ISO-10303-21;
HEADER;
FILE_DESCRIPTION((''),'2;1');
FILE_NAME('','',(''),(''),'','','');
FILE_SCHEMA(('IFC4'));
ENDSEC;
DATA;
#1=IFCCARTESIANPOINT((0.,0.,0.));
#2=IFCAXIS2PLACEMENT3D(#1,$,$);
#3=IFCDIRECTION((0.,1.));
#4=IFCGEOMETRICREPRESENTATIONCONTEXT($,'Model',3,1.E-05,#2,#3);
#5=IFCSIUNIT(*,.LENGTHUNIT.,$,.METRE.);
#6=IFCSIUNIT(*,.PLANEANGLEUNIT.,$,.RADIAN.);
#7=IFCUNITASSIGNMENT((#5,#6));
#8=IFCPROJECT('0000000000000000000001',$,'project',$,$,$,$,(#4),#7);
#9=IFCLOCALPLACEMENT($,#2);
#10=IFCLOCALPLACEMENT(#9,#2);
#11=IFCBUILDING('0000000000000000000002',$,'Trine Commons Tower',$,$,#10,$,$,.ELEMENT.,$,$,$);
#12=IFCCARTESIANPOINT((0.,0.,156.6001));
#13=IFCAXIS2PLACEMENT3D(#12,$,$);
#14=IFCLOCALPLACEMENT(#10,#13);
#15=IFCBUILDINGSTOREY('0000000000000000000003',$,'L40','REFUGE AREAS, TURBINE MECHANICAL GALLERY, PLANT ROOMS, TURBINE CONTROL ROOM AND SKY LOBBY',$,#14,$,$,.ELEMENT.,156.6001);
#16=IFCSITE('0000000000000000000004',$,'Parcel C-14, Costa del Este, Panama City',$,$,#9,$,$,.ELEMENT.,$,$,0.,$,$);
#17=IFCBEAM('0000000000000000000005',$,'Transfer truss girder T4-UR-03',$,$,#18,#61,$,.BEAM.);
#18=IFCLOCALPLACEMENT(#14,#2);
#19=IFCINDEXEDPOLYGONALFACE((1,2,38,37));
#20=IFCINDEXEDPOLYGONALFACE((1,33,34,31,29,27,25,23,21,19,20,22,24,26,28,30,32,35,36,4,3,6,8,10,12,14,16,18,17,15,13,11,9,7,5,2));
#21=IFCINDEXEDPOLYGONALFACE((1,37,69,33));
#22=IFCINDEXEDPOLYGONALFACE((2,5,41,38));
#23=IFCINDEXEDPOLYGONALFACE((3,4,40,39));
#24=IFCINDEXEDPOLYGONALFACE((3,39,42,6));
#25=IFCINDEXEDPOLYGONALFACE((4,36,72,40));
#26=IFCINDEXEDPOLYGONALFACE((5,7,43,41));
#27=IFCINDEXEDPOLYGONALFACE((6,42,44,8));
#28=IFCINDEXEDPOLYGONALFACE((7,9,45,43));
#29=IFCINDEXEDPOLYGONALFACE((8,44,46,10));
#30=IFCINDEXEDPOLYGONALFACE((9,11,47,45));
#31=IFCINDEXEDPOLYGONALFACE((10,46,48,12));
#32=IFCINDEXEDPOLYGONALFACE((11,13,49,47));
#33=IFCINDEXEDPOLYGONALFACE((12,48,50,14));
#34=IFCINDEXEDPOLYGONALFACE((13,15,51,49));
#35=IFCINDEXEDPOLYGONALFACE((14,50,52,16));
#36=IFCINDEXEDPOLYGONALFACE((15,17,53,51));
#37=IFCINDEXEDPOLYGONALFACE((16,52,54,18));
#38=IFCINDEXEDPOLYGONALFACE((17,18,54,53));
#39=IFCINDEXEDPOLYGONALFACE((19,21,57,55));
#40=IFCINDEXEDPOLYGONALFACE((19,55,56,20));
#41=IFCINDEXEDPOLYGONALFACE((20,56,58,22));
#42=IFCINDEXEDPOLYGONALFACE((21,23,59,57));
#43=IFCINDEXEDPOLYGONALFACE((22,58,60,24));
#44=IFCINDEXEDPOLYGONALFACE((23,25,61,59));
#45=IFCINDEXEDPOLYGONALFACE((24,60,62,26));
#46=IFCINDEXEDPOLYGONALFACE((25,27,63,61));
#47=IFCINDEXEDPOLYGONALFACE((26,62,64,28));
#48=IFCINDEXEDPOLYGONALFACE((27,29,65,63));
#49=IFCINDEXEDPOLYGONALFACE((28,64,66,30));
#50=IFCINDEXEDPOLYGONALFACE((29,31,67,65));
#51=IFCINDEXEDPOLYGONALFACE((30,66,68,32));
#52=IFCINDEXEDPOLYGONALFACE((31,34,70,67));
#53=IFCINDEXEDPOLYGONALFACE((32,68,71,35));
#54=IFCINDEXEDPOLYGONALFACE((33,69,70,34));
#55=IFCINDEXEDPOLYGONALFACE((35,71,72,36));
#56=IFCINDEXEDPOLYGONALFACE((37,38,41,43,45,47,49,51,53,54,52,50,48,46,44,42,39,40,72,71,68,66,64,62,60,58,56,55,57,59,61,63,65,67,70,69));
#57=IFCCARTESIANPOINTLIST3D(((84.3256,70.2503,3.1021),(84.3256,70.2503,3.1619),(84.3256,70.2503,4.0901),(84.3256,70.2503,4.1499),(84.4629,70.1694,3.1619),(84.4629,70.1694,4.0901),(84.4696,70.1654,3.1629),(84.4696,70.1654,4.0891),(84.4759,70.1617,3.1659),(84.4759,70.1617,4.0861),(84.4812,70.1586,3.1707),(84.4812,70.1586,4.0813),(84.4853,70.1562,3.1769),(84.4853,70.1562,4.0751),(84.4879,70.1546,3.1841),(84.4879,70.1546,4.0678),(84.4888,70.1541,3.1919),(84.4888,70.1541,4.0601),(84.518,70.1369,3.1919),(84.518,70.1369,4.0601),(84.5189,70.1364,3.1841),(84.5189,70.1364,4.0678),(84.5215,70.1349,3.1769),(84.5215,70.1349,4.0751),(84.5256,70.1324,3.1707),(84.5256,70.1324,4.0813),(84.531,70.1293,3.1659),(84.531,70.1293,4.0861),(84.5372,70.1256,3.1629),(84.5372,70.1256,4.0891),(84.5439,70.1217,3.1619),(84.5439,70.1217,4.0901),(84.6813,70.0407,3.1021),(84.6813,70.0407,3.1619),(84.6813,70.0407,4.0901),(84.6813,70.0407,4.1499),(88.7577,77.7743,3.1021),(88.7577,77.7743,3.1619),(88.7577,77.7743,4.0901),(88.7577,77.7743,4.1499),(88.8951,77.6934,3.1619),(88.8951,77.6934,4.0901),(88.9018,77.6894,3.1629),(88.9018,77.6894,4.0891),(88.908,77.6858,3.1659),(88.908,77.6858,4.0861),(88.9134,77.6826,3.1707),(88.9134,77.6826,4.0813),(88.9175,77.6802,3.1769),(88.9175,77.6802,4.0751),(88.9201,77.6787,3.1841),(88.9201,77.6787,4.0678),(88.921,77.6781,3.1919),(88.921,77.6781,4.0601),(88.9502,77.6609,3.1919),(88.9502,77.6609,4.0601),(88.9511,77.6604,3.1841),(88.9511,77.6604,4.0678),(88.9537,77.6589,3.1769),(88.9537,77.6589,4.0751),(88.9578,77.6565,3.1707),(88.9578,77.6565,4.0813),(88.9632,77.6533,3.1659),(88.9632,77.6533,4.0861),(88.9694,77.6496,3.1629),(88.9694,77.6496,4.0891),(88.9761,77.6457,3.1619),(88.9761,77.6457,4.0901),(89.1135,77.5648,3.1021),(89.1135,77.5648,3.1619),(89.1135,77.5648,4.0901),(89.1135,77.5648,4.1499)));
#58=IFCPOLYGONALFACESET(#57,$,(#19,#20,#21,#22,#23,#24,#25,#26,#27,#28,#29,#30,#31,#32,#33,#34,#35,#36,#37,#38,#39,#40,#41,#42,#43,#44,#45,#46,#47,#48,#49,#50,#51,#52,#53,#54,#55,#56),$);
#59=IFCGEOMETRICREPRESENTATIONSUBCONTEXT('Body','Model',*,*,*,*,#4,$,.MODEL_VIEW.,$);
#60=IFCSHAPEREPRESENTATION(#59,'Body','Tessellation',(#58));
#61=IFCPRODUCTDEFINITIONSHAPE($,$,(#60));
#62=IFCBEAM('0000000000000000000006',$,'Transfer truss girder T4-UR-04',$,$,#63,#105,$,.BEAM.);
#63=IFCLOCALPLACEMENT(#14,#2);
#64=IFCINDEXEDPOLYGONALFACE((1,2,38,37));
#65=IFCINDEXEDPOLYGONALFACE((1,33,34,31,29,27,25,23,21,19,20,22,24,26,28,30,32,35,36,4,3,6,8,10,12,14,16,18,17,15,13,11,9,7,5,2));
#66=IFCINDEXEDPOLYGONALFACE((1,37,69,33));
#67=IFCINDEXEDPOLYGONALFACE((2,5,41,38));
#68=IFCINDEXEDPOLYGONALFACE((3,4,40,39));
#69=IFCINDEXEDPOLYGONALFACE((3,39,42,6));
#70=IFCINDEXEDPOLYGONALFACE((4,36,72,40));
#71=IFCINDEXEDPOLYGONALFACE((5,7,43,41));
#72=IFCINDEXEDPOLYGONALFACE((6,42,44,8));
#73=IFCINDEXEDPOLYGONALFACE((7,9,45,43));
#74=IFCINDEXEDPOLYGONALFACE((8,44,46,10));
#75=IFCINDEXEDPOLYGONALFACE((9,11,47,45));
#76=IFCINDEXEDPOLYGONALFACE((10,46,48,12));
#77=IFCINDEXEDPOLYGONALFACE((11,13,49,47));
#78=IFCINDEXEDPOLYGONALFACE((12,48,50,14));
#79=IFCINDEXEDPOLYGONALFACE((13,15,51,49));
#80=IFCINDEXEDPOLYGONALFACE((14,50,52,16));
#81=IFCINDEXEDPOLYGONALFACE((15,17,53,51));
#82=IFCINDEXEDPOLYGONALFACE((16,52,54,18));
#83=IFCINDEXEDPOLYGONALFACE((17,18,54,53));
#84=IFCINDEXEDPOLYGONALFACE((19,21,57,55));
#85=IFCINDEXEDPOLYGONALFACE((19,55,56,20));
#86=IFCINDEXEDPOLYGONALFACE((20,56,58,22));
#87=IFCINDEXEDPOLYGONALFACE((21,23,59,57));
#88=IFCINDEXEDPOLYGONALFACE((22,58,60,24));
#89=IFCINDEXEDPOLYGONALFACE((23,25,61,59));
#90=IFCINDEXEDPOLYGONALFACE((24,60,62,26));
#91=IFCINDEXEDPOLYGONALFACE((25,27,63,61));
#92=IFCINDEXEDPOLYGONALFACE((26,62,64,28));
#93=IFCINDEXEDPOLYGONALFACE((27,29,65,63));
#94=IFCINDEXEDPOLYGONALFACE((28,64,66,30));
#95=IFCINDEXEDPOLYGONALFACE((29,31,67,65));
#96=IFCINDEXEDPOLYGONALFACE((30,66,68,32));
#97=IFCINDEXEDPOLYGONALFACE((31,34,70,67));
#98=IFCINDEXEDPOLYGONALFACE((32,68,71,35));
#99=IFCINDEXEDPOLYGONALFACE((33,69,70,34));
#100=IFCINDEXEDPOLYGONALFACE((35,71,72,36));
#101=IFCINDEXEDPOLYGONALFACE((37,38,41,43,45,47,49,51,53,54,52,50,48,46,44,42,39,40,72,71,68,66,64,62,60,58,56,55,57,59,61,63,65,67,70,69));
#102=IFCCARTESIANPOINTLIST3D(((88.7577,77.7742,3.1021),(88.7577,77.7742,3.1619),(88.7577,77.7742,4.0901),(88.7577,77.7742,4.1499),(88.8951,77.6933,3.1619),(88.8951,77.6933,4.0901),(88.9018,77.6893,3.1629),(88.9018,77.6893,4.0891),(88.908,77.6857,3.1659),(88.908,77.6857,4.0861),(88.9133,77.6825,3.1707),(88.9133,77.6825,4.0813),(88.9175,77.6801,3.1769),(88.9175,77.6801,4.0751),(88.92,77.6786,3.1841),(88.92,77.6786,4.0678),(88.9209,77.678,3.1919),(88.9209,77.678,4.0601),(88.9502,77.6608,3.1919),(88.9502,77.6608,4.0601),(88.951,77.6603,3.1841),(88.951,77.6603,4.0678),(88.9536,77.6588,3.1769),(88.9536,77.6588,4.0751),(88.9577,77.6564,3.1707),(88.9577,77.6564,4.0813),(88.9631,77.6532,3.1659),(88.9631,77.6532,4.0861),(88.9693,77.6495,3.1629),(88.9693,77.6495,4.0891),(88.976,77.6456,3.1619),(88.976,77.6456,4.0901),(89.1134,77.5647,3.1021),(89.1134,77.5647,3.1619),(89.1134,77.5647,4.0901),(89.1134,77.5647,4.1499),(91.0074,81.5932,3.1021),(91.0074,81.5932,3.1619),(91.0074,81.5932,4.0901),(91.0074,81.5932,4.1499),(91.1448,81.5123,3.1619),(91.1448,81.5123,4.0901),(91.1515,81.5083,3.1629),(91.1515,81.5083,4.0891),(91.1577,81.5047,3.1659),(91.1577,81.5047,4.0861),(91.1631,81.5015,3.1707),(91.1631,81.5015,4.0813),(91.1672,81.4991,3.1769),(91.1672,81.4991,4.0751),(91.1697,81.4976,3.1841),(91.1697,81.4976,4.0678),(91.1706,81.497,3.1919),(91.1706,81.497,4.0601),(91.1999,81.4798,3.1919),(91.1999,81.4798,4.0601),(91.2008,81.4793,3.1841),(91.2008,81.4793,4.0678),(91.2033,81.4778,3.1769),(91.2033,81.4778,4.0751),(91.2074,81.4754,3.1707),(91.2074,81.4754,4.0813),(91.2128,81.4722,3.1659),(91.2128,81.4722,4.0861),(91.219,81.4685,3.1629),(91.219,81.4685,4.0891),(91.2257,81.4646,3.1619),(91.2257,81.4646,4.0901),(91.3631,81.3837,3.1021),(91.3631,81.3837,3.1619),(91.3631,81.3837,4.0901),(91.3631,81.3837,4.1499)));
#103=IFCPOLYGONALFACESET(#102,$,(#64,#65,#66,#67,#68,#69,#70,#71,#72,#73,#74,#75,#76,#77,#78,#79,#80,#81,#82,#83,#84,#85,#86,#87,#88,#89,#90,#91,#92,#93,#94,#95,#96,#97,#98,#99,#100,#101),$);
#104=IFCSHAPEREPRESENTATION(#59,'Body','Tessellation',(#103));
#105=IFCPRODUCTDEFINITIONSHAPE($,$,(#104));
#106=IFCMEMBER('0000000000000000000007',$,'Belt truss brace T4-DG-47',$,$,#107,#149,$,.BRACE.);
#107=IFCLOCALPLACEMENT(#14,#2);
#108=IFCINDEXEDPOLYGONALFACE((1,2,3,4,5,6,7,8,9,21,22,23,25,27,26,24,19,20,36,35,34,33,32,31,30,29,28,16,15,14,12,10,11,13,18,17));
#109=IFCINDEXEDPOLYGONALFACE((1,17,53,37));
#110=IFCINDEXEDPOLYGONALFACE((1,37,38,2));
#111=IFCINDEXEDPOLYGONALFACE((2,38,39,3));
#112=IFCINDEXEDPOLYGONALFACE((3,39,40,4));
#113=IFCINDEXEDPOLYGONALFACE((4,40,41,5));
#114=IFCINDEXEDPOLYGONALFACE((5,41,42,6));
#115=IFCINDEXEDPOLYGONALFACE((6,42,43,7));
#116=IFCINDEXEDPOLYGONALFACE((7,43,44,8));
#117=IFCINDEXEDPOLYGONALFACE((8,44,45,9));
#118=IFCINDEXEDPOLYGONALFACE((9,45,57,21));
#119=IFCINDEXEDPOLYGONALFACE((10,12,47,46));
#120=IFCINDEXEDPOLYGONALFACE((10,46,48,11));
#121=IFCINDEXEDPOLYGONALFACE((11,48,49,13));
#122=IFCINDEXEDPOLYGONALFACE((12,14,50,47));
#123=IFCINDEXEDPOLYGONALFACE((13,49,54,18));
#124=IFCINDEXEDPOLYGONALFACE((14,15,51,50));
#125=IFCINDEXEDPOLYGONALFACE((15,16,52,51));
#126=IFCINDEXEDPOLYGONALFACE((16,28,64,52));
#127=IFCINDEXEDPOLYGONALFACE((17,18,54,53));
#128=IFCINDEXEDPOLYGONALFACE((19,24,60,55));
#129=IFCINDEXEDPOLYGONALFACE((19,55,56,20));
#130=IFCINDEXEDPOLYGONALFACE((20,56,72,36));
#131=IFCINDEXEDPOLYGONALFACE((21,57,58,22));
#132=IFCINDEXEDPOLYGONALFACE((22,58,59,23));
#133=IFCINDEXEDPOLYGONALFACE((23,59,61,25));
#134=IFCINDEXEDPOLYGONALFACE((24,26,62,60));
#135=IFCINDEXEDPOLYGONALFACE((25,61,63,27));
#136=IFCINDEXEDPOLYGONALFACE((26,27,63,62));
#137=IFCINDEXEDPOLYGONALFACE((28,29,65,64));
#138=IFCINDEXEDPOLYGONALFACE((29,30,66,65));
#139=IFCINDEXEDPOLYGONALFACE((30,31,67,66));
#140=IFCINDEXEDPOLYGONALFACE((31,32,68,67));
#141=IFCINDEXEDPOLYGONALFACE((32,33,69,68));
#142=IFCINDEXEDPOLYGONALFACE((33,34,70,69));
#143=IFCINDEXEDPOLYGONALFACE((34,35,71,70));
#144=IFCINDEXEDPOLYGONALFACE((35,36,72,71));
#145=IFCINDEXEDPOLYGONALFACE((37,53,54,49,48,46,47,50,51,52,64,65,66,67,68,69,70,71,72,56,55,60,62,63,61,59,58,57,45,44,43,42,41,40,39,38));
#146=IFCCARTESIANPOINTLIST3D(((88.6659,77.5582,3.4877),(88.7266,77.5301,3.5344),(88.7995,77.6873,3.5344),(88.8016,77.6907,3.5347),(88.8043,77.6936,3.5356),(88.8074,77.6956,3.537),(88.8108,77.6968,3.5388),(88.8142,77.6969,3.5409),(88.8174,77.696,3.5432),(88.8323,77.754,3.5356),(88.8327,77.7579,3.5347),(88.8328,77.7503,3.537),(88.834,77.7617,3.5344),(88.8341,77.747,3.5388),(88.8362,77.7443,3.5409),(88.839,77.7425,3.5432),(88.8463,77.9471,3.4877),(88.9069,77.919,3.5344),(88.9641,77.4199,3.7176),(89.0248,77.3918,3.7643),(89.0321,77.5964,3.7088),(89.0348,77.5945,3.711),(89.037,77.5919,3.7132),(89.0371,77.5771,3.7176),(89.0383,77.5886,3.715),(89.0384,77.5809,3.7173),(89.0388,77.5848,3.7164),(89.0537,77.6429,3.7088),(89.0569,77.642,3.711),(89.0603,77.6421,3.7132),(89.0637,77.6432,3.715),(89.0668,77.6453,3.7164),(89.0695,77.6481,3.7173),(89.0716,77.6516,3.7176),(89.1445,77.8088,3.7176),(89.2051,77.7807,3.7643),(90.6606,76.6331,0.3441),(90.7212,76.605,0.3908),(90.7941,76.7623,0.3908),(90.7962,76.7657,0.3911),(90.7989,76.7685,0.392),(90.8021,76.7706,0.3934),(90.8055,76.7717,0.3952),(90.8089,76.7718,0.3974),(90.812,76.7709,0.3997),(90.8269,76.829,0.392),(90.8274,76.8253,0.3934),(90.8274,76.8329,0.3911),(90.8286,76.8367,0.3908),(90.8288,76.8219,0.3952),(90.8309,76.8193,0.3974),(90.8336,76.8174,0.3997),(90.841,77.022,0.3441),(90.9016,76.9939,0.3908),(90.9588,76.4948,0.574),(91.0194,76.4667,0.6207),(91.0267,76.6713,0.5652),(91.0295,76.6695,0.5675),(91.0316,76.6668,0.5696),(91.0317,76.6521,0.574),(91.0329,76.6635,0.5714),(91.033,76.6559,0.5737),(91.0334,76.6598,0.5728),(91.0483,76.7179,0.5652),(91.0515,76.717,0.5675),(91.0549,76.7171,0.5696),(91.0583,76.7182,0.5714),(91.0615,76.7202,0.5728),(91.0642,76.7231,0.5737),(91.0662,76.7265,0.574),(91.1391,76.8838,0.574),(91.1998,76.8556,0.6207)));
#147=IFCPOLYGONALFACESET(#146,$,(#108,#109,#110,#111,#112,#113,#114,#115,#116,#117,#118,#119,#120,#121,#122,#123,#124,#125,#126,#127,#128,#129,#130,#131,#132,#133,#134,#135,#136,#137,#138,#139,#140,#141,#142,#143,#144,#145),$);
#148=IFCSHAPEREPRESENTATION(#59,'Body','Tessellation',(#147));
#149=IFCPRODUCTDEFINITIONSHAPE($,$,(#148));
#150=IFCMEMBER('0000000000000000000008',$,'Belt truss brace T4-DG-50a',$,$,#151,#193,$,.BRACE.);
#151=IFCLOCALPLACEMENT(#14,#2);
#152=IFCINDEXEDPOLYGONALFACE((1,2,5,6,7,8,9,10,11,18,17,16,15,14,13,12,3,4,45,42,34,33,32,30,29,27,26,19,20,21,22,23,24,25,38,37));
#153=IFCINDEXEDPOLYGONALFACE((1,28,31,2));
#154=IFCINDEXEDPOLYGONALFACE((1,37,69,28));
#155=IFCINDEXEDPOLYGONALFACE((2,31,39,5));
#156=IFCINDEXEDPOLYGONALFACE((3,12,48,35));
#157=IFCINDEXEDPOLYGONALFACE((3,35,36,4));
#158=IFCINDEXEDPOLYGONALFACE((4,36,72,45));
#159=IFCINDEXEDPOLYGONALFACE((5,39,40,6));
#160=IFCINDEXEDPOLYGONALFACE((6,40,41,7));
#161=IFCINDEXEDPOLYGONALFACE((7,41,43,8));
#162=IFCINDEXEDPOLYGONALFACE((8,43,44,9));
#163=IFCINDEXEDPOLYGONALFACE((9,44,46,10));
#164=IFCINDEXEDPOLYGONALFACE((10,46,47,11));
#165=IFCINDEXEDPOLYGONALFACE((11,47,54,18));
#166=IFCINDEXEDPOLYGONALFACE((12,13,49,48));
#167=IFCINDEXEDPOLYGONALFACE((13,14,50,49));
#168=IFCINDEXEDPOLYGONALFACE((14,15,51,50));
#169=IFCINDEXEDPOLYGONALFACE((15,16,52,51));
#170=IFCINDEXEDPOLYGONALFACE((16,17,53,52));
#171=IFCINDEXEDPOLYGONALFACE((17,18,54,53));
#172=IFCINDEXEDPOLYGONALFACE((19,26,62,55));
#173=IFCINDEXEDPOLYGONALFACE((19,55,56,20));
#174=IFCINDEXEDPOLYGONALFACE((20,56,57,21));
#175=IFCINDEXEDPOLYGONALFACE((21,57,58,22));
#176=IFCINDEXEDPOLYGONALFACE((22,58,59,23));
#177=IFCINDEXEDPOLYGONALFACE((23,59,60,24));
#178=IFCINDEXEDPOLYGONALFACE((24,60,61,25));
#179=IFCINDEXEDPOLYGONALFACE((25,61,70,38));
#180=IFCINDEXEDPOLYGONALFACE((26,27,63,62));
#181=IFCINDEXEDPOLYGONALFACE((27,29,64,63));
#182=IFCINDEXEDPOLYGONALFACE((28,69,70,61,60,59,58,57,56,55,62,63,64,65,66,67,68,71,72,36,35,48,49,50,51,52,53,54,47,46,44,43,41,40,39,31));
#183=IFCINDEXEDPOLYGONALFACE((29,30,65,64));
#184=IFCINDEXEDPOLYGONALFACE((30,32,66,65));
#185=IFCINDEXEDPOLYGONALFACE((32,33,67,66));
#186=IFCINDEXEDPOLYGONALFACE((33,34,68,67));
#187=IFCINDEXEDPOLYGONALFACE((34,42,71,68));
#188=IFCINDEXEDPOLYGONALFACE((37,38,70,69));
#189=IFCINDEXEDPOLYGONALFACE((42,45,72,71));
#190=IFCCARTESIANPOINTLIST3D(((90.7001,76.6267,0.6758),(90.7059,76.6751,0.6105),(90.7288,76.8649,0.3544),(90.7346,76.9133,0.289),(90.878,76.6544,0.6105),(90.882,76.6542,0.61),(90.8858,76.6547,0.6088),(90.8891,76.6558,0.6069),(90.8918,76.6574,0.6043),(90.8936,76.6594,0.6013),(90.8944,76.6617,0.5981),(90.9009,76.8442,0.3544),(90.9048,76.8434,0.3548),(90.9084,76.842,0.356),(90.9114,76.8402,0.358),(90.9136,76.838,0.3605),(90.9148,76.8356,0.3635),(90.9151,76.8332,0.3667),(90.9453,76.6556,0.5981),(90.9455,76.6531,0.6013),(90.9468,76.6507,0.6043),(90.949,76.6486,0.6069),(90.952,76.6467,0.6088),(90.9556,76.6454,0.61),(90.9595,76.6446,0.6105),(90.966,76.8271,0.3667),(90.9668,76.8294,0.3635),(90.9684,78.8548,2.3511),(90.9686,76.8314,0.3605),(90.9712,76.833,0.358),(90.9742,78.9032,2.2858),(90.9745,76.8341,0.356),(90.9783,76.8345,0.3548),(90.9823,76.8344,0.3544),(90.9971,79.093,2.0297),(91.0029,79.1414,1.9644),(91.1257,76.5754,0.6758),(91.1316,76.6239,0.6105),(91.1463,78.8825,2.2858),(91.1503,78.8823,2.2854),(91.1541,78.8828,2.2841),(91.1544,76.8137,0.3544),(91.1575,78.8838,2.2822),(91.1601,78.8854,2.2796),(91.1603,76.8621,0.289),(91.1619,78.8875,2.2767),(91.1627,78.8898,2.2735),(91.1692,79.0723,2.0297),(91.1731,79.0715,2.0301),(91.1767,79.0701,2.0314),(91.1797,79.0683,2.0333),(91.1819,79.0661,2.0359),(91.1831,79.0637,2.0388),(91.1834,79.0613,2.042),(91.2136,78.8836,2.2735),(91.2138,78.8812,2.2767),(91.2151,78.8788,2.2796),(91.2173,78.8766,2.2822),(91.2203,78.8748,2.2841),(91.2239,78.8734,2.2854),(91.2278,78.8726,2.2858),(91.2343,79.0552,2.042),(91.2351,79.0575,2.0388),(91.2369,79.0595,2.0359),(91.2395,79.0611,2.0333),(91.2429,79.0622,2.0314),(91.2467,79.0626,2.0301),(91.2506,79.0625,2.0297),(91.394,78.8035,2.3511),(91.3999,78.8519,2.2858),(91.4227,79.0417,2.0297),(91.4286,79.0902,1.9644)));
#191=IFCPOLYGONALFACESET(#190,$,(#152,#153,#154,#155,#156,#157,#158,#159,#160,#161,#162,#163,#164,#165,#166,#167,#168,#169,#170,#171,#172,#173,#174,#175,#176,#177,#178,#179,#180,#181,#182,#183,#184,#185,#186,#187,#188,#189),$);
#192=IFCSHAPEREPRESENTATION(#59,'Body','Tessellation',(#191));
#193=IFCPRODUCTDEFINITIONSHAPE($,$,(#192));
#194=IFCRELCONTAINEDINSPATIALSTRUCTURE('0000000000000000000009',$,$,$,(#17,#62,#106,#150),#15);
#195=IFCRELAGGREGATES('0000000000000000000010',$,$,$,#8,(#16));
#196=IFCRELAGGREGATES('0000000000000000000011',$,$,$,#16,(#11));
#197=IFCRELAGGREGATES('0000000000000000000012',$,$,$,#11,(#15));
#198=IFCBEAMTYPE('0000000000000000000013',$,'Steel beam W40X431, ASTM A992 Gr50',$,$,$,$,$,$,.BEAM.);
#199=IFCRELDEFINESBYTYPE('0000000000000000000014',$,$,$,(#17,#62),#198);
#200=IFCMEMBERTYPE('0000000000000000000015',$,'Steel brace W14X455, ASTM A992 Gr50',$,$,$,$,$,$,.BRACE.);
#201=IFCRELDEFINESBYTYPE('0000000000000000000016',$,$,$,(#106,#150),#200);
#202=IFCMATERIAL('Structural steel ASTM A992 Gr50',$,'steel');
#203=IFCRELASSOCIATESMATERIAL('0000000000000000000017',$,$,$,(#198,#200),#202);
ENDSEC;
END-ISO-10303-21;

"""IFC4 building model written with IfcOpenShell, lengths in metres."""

from ifc_helpers import new_model, si_unit, direction, frame, origin, origin_2d, place, context, subcontext, project, spatial, i_section, extrude, material, material_profile, profile_set, type_object, element, save


model = new_model("IFC4")

# Units and contexts
model_context = context("Model", 3, precision=1e-05, world=origin(), true_north=direction((0.0, 1.0)))
body_context = subcontext(model_context, "Body", "Model", "MODEL_VIEW")
ifc_project = project(units=[si_unit("LENGTHUNIT", "METRE"), si_unit("PLANEANGLEUNIT", "RADIAN")], contexts=[model_context])

# Site, building, storey
site_placement = place(None, origin())
site = spatial("IfcSite", under=ifc_project, at=site_placement, Name="Parcel C-14, Costa del Este, Panama City", CompositionType="ELEMENT", RefElevation=0.0)
building_placement = place(site_placement, origin())
building = spatial("IfcBuilding", under=site, at=building_placement, Name="Trine Commons Tower", CompositionType="ELEMENT")
storey_placement = place(building_placement, frame((0.0, 0.0, 156.6001)))
storey = spatial("IfcBuildingStorey", under=building, at=storey_placement, Name="L40", Description="REFUGE AREAS, TURBINE MECHANICAL GALLERY, PLANT ROOMS, TURBINE CONTROL ROOM AND SKY LOBBY", CompositionType="ELEMENT", Elevation=156.6001)

# Beams
ifc_material_1 = material(Name="Structural steel ASTM A992 Gr50", Category="steel")
ifc_material_profile_1 = material_profile(ifc_material_1, i_section(OverallWidth=0.4128, OverallDepth=1.0479, WebThickness=0.0339, FlangeThickness=0.0598, FilletRadius=0.03, at=origin_2d()), Name="W40X431")
ifc_profile_set_1 = profile_set([ifc_material_profile_1], Name="Structural steel ASTM A992 Gr50")
beam_type = type_object("IfcBeamType", Name="Steel beam W40X431, ASTM A992 Gr50", PredefinedType="BEAM", material=ifc_profile_set_1)
beam_1_placement = place(storey_placement, frame((84.5034, 70.1455, 3.626), z_axis=(0.507555, 0.861619, 0.0), x_axis=(-0.861619, 0.507555, 0.0)))
element("IfcBeam", 1, at=beam_1_placement, inside=storey, type_object=beam_type, Name="Transfer truss girder T4-UR-03", PredefinedType="BEAM", context=body_context, shape_type="SweptSolid", body=[
    extrude(i_section(OverallWidth=0.4128, OverallDepth=1.0479, WebThickness=0.0339, FlangeThickness=0.0598, FilletRadius=0.03, at=origin_2d()), origin(), (0.0, 0.0, 1.0), 8.7324),
])
beam_2_placement = place(storey_placement, frame((88.9355, 77.6694, 3.626), z_axis=(0.507562, 0.861615, 0.0), x_axis=(-0.861615, 0.507562, 0.0)))
element("IfcBeam", 2, at=beam_2_placement, inside=storey, type_object=beam_type, Name="Transfer truss girder T4-UR-04", PredefinedType="BEAM", context=body_context, shape_type="SweptSolid", body=[
    extrude(i_section(OverallWidth=0.4128, OverallDepth=1.0479, WebThickness=0.0339, FlangeThickness=0.0598, FilletRadius=0.03, at=origin_2d()), origin(), (0.0, 0.0, 1.0), 4.4324),
])

# Members
ifc_material_profile_2 = material_profile(ifc_material_1, i_section(OverallWidth=0.4287, OverallDepth=0.4827, WebThickness=0.0513, FlangeThickness=0.0815, FilletRadius=0.0154, at=origin_2d()), Name="W14X455")
ifc_profile_set_2 = profile_set([ifc_material_profile_2], Name="Structural steel ASTM A992 Gr50")
member_type = type_object("IfcMemberType", Name="Steel brace W14X455, ASTM A992 Gr50", PredefinedType="BRACE", material=ifc_profile_set_2)
member_1_placement = place(storey_placement, frame((90.9302, 76.7444, 0.4824), z_axis=(-0.519953, 0.241139, 0.819451), x_axis=(-0.420726, -0.907188, 0.0)))
element("IfcMember", 3, at=member_1_placement, inside=storey, type_object=member_type, Name="Belt truss brace T4-DG-47", PredefinedType="BRACE", context=body_context, shape_type="SweptSolid", body=[
    extrude(i_section(OverallWidth=0.4287, OverallDepth=0.4827, WebThickness=0.0513, FlangeThickness=0.0815, FilletRadius=0.0154, at=origin_2d()), origin(), (0.0, 0.0, 1.0), 3.8362),
])
member_2_placement = place(storey_placement, frame((90.9302, 76.7444, 0.4824), z_axis=(0.095809, 0.795587, 0.598216), x_axis=(-0.992827, 0.119561, 0.0)))
element("IfcMember", 4, at=member_2_placement, inside=storey, type_object=member_type, Name="Belt truss brace T4-DG-50a", PredefinedType="BRACE", context=body_context, shape_type="SweptSolid", body=[
    extrude(i_section(OverallWidth=0.4287, OverallDepth=0.4827, WebThickness=0.0513, FlangeThickness=0.0815, FilletRadius=0.0154, at=origin_2d()), origin(), (0.0, 0.0, 1.0), 2.8005),
])

save(model, "model.ifc")
